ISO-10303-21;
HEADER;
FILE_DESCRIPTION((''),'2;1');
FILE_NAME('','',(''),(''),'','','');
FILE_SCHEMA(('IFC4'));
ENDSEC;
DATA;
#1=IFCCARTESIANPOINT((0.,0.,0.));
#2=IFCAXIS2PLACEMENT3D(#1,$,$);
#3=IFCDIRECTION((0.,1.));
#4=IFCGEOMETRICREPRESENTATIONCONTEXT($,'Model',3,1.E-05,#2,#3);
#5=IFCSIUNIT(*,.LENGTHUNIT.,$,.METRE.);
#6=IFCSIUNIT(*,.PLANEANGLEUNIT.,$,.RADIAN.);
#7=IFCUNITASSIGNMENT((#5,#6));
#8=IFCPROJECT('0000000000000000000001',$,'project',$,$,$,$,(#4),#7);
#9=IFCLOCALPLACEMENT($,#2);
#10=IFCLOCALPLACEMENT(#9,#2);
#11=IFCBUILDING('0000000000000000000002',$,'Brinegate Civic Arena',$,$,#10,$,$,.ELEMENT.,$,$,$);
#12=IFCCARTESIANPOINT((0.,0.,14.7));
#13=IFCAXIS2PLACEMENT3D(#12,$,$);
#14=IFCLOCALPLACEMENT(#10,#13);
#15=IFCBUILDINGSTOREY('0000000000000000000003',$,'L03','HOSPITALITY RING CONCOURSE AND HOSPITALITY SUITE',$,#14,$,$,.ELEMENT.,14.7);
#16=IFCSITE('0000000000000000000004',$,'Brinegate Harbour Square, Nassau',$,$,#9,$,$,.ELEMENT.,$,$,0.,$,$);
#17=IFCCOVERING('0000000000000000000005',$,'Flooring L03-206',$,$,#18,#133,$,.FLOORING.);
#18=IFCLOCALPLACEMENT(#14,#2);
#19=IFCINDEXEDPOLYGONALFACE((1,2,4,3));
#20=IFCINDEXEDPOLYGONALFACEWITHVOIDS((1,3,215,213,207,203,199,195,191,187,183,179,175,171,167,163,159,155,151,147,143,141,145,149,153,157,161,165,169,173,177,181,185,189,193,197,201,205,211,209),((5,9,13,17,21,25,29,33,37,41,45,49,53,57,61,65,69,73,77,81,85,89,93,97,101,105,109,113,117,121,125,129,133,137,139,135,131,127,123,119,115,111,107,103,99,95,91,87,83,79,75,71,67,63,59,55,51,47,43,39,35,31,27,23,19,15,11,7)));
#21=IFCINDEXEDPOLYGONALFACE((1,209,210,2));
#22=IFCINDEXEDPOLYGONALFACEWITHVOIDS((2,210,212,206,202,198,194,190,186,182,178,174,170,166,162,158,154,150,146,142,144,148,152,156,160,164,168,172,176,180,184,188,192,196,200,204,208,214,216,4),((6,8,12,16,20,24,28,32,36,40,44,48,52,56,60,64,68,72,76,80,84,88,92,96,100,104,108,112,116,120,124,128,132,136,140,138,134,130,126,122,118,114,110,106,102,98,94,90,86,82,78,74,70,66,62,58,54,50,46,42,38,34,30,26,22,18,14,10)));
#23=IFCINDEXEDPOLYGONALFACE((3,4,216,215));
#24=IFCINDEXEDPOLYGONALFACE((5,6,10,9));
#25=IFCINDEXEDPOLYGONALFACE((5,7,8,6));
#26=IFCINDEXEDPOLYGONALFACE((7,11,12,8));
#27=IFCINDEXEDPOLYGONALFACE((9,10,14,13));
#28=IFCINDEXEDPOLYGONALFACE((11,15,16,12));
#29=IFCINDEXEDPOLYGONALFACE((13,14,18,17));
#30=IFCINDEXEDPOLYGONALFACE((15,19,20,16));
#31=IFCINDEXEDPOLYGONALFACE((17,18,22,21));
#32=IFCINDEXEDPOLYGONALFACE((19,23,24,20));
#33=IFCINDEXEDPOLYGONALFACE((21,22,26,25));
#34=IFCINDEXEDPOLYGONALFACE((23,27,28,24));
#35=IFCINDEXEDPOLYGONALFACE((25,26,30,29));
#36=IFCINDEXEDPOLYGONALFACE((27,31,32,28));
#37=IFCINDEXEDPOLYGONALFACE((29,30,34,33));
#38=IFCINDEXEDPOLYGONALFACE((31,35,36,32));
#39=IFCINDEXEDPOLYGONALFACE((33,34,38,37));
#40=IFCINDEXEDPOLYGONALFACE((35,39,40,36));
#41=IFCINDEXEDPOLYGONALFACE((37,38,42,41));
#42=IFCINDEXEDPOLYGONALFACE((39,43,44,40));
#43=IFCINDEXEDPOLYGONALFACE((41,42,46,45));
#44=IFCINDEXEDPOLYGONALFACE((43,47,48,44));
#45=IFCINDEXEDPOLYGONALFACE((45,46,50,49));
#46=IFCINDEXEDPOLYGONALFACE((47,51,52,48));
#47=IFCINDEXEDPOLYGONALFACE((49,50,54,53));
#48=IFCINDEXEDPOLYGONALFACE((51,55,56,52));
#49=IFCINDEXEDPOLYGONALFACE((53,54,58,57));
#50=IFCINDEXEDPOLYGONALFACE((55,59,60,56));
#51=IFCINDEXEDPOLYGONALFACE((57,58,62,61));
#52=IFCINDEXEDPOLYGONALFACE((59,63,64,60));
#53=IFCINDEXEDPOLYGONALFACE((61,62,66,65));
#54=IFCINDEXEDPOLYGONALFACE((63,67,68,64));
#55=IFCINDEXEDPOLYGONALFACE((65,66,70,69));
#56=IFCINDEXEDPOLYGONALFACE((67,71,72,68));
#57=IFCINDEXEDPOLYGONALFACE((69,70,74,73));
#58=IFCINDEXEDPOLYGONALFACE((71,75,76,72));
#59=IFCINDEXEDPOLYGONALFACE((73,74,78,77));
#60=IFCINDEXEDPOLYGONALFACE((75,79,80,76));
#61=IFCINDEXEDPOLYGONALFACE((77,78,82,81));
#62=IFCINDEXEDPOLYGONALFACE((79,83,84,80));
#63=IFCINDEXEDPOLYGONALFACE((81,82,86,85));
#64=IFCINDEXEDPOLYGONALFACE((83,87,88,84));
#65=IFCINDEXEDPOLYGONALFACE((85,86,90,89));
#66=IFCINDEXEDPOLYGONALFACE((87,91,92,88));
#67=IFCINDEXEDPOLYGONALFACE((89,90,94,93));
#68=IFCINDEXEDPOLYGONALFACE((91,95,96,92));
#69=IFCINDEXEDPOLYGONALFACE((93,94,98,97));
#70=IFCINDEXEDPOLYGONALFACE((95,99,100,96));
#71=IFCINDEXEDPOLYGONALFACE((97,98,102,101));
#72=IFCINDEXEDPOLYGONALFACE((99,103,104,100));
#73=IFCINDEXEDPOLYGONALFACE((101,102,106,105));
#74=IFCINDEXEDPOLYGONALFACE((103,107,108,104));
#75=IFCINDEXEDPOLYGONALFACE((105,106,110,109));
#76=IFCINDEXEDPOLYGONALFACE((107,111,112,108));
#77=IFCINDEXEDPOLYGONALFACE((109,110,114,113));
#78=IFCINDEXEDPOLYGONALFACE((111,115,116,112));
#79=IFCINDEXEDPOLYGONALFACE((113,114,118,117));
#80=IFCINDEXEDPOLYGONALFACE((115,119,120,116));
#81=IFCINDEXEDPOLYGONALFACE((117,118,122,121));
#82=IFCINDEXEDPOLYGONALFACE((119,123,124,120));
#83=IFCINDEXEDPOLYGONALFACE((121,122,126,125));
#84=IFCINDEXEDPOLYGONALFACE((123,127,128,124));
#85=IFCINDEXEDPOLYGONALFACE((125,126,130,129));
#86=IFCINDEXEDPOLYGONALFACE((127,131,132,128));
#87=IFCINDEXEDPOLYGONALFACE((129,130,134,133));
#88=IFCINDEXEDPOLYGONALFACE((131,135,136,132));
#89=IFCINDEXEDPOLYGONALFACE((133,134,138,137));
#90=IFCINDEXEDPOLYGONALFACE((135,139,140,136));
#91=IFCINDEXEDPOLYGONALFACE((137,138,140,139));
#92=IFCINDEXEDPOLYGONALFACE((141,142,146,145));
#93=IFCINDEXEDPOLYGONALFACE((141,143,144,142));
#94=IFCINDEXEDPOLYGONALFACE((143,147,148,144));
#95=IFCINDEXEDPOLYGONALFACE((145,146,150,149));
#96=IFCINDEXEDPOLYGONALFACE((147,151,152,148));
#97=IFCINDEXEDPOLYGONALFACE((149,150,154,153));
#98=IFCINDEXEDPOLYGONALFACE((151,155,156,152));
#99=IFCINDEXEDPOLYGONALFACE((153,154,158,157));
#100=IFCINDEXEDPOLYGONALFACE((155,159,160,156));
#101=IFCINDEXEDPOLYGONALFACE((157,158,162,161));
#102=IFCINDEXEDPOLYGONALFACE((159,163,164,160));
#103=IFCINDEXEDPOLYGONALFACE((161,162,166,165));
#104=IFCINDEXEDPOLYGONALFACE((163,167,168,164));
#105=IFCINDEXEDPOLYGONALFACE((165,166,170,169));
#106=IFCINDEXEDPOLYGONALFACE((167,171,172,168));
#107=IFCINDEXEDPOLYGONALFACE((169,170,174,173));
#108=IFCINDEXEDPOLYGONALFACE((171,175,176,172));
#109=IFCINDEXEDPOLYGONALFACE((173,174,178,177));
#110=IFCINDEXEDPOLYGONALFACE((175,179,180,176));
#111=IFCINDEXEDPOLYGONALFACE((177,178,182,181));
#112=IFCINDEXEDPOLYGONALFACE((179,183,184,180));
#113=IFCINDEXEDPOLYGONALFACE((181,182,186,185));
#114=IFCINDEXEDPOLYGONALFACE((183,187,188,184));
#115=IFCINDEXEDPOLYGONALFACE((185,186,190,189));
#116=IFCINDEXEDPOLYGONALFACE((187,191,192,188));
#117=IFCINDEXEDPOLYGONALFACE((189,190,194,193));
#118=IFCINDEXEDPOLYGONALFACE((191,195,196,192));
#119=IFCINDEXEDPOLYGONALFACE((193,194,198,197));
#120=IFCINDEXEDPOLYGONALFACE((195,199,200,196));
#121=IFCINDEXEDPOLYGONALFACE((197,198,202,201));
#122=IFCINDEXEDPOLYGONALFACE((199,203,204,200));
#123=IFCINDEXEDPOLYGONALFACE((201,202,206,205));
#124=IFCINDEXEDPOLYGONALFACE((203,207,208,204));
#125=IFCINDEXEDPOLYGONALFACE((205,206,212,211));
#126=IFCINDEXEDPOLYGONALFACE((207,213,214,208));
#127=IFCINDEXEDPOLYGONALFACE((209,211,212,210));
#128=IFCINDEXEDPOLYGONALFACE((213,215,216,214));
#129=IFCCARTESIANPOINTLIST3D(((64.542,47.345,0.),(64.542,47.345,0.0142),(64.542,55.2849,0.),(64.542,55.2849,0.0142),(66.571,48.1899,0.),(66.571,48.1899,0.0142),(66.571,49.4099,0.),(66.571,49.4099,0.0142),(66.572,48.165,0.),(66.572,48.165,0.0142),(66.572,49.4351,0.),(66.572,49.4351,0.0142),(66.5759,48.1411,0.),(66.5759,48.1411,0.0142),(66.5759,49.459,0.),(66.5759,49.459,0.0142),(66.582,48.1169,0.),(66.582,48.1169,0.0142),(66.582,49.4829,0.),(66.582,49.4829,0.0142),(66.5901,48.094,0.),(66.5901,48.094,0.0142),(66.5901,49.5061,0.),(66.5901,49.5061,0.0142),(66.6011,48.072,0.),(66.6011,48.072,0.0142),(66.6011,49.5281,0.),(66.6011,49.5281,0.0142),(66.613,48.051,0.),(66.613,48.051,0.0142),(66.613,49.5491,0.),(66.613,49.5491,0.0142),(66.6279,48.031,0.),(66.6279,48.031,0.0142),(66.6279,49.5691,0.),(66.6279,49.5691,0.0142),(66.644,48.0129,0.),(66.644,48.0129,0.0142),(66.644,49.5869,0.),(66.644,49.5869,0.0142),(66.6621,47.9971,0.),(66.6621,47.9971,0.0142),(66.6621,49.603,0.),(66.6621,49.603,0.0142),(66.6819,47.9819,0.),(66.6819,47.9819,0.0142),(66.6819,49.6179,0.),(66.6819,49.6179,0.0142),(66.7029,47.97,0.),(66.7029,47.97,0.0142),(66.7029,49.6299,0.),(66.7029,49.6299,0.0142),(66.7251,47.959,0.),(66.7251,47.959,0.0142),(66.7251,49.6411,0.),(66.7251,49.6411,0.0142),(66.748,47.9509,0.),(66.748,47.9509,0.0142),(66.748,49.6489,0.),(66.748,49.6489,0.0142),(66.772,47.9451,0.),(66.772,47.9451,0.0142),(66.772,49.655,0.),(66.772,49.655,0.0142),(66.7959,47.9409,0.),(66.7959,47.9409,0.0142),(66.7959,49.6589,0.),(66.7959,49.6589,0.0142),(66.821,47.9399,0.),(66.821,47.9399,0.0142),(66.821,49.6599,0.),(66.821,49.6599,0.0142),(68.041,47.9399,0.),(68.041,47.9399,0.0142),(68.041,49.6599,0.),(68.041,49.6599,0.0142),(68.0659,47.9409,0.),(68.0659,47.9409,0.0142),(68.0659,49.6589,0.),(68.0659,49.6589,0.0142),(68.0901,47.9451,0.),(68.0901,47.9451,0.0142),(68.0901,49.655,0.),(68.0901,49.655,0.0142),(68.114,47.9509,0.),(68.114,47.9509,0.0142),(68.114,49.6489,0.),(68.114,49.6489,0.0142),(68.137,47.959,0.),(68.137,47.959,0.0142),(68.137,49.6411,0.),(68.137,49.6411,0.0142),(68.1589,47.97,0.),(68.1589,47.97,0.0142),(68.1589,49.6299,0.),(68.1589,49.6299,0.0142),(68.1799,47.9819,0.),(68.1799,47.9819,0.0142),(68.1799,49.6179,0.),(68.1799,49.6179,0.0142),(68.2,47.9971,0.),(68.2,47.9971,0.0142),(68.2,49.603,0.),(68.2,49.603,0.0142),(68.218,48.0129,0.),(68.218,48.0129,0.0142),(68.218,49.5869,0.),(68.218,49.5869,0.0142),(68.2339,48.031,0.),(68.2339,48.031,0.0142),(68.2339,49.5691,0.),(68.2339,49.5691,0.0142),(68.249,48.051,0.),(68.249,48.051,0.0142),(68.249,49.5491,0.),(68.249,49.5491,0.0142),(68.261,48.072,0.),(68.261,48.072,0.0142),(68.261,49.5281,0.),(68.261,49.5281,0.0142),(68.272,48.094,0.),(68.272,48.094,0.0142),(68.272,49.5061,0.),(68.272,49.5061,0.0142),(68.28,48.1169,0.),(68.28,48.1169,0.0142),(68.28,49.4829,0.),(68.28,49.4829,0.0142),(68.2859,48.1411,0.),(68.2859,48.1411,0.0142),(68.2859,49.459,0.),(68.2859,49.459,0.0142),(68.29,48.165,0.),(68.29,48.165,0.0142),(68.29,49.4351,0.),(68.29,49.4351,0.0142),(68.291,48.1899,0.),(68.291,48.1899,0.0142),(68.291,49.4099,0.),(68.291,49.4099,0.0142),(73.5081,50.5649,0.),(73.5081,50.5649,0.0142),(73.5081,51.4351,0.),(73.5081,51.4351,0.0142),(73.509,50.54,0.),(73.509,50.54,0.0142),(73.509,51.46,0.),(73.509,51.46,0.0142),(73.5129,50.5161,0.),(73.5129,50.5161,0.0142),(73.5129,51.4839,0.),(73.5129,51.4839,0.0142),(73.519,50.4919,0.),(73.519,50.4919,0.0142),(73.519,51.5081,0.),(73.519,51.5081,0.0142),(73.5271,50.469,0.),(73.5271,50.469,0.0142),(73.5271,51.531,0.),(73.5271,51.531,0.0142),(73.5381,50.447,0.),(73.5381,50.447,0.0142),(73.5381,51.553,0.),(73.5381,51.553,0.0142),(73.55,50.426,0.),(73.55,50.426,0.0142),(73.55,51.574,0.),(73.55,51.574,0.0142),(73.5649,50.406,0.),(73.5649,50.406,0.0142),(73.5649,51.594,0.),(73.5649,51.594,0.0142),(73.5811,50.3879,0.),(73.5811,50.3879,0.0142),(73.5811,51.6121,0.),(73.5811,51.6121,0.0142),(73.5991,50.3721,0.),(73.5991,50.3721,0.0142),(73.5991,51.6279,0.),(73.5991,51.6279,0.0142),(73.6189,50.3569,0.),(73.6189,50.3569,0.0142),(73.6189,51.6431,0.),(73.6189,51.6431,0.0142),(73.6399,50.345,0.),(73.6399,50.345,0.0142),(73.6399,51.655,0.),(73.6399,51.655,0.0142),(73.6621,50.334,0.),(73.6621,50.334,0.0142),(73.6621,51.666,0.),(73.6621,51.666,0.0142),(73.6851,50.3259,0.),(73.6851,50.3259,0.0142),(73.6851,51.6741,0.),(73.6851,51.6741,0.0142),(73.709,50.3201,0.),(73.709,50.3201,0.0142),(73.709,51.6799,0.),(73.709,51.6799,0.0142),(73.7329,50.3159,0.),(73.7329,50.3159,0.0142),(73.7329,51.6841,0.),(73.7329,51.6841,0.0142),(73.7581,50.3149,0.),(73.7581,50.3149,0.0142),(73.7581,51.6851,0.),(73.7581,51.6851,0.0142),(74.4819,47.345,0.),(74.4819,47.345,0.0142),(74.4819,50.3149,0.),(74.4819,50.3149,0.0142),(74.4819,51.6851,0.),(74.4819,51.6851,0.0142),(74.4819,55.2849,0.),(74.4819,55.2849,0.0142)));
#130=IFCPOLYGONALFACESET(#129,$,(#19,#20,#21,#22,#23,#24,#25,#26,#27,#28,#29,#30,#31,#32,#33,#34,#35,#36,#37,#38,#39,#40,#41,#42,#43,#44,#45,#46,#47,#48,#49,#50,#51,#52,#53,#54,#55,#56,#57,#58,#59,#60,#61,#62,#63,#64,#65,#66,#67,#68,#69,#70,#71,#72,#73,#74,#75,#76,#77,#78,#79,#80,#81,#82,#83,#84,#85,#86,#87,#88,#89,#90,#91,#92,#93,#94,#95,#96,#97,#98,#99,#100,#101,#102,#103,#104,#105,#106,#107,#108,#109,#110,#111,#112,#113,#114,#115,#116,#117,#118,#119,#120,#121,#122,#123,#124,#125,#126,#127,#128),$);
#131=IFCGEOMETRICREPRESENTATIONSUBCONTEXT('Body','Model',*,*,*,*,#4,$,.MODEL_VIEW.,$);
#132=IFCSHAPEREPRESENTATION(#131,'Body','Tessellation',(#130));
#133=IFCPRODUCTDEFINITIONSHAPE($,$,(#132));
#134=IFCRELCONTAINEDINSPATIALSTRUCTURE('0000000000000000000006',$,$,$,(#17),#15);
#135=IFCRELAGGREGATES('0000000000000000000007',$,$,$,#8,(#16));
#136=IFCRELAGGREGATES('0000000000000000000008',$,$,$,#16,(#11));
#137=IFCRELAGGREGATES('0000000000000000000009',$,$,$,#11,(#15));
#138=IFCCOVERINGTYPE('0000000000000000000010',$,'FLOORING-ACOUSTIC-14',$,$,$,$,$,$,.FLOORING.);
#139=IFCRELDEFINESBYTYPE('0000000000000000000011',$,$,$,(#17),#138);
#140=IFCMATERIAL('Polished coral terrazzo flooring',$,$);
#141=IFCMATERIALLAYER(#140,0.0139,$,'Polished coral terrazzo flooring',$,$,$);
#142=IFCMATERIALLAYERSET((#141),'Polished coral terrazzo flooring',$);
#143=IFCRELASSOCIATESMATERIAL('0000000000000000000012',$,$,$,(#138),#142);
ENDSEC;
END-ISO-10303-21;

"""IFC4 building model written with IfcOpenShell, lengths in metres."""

from ifc_helpers import new_model, si_unit, direction, frame, origin, place, context, subcontext, project, spatial, polyline, outline, extrude, material, layer, layer_set, type_object, element, save


model = new_model("IFC4")

# Units and contexts
model_context = context("Model", 3, precision=1e-05, world=origin(), true_north=direction((0.0, 1.0)))
body_context = subcontext(model_context, "Body", "Model", "MODEL_VIEW")
ifc_project = project(units=[si_unit("LENGTHUNIT", "METRE"), si_unit("PLANEANGLEUNIT", "RADIAN")], contexts=[model_context])

# Site, building, storey
site_placement = place(None, origin())
site = spatial("IfcSite", under=ifc_project, at=site_placement, Name="Brinegate Harbour Square, Nassau", CompositionType="ELEMENT", RefElevation=0.0)
building_placement = place(site_placement, origin())
building = spatial("IfcBuilding", under=site, at=building_placement, Name="Brinegate Civic Arena", CompositionType="ELEMENT")
storey_placement = place(building_placement, frame((0.0, 0.0, 14.7)))
storey = spatial("IfcBuildingStorey", under=building, at=storey_placement, Name="L03", Description="HOSPITALITY RING CONCOURSE AND HOSPITALITY SUITE", CompositionType="ELEMENT", Elevation=14.7)

# Covering
ifc_material_1 = material(Name="Polished coral terrazzo flooring")
ifc_layer_1 = layer(ifc_material_1, 0.0139, Name="Polished coral terrazzo flooring")
ifc_layer_set_1 = layer_set([ifc_layer_1], Name="Polished coral terrazzo flooring")
covering_type_1 = type_object("IfcCoveringType", Name="FLOORING-ACOUSTIC-14", PredefinedType="FLOORING", material=ifc_layer_set_1)
covering_1_placement = place(storey_placement, origin())
element("IfcCovering", 1, at=covering_1_placement, inside=storey, type_object=covering_type_1, Name="Flooring L03-206", PredefinedType="FLOORING", context=body_context, shape_type="SweptSolid", body=[
    extrude(outline(polyline([(64.542, 55.2849), (74.4819, 55.2849), (74.4819, 51.6851), (73.7581, 51.6851), (73.7329, 51.6841), (73.709, 51.6799), (73.6851, 51.6741), (73.6621, 51.666), (73.6399, 51.655), (73.6189, 51.6431), (73.5991, 51.6279), (73.5811, 51.6121), (73.5649, 51.594), (73.55, 51.574), (73.5381, 51.553), (73.5271, 51.531), (73.519, 51.5081), (73.5129, 51.4839), (73.509, 51.46), (73.5081, 51.4351), (73.5081, 50.5649), (73.509, 50.54), (73.5129, 50.5161), (73.519, 50.4919), (73.5271, 50.469), (73.5381, 50.447), (73.55, 50.426), (73.5649, 50.406), (73.5811, 50.3879), (73.5991, 50.3721), (73.6189, 50.3569), (73.6399, 50.345), (73.6621, 50.334), (73.6851, 50.3259), (73.709, 50.3201), (73.7329, 50.3159), (73.7581, 50.3149), (74.4819, 50.3149), (74.4819, 47.345), (64.542, 47.345), (64.542, 55.2849)]), holes=[polyline([(66.821, 49.6599), (66.7959, 49.6589), (66.772, 49.655), (66.748, 49.6489), (66.7251, 49.6411), (66.7029, 49.6299), (66.6819, 49.6179), (66.6621, 49.603), (66.644, 49.5869), (66.6279, 49.5691), (66.613, 49.5491), (66.6011, 49.5281), (66.5901, 49.5061), (66.582, 49.4829), (66.5759, 49.459), (66.572, 49.4351), (66.571, 49.4099), (66.571, 48.1899), (66.572, 48.165), (66.5759, 48.1411), (66.582, 48.1169), (66.5901, 48.094), (66.6011, 48.072), (66.613, 48.051), (66.6279, 48.031), (66.644, 48.0129), (66.6621, 47.9971), (66.6819, 47.9819), (66.7029, 47.97), (66.7251, 47.959), (66.748, 47.9509), (66.772, 47.9451), (66.7959, 47.9409), (66.821, 47.9399), (68.041, 47.9399), (68.0659, 47.9409), (68.0901, 47.9451), (68.114, 47.9509), (68.137, 47.959), (68.1589, 47.97), (68.1799, 47.9819), (68.2, 47.9971), (68.218, 48.0129), (68.2339, 48.031), (68.249, 48.051), (68.261, 48.072), (68.272, 48.094), (68.28, 48.1169), (68.2859, 48.1411), (68.29, 48.165), (68.291, 48.1899), (68.291, 49.4099), (68.29, 49.4351), (68.2859, 49.459), (68.28, 49.4829), (68.272, 49.5061), (68.261, 49.5281), (68.249, 49.5491), (68.2339, 49.5691), (68.218, 49.5869), (68.2, 49.603), (68.1799, 49.6179), (68.1589, 49.6299), (68.137, 49.6411), (68.114, 49.6489), (68.0901, 49.655), (68.0659, 49.6589), (68.041, 49.6599), (66.821, 49.6599)])]), origin(), (0.0, 0.0, 1.0), 0.0142),
])

save(model, "model.ifc")
